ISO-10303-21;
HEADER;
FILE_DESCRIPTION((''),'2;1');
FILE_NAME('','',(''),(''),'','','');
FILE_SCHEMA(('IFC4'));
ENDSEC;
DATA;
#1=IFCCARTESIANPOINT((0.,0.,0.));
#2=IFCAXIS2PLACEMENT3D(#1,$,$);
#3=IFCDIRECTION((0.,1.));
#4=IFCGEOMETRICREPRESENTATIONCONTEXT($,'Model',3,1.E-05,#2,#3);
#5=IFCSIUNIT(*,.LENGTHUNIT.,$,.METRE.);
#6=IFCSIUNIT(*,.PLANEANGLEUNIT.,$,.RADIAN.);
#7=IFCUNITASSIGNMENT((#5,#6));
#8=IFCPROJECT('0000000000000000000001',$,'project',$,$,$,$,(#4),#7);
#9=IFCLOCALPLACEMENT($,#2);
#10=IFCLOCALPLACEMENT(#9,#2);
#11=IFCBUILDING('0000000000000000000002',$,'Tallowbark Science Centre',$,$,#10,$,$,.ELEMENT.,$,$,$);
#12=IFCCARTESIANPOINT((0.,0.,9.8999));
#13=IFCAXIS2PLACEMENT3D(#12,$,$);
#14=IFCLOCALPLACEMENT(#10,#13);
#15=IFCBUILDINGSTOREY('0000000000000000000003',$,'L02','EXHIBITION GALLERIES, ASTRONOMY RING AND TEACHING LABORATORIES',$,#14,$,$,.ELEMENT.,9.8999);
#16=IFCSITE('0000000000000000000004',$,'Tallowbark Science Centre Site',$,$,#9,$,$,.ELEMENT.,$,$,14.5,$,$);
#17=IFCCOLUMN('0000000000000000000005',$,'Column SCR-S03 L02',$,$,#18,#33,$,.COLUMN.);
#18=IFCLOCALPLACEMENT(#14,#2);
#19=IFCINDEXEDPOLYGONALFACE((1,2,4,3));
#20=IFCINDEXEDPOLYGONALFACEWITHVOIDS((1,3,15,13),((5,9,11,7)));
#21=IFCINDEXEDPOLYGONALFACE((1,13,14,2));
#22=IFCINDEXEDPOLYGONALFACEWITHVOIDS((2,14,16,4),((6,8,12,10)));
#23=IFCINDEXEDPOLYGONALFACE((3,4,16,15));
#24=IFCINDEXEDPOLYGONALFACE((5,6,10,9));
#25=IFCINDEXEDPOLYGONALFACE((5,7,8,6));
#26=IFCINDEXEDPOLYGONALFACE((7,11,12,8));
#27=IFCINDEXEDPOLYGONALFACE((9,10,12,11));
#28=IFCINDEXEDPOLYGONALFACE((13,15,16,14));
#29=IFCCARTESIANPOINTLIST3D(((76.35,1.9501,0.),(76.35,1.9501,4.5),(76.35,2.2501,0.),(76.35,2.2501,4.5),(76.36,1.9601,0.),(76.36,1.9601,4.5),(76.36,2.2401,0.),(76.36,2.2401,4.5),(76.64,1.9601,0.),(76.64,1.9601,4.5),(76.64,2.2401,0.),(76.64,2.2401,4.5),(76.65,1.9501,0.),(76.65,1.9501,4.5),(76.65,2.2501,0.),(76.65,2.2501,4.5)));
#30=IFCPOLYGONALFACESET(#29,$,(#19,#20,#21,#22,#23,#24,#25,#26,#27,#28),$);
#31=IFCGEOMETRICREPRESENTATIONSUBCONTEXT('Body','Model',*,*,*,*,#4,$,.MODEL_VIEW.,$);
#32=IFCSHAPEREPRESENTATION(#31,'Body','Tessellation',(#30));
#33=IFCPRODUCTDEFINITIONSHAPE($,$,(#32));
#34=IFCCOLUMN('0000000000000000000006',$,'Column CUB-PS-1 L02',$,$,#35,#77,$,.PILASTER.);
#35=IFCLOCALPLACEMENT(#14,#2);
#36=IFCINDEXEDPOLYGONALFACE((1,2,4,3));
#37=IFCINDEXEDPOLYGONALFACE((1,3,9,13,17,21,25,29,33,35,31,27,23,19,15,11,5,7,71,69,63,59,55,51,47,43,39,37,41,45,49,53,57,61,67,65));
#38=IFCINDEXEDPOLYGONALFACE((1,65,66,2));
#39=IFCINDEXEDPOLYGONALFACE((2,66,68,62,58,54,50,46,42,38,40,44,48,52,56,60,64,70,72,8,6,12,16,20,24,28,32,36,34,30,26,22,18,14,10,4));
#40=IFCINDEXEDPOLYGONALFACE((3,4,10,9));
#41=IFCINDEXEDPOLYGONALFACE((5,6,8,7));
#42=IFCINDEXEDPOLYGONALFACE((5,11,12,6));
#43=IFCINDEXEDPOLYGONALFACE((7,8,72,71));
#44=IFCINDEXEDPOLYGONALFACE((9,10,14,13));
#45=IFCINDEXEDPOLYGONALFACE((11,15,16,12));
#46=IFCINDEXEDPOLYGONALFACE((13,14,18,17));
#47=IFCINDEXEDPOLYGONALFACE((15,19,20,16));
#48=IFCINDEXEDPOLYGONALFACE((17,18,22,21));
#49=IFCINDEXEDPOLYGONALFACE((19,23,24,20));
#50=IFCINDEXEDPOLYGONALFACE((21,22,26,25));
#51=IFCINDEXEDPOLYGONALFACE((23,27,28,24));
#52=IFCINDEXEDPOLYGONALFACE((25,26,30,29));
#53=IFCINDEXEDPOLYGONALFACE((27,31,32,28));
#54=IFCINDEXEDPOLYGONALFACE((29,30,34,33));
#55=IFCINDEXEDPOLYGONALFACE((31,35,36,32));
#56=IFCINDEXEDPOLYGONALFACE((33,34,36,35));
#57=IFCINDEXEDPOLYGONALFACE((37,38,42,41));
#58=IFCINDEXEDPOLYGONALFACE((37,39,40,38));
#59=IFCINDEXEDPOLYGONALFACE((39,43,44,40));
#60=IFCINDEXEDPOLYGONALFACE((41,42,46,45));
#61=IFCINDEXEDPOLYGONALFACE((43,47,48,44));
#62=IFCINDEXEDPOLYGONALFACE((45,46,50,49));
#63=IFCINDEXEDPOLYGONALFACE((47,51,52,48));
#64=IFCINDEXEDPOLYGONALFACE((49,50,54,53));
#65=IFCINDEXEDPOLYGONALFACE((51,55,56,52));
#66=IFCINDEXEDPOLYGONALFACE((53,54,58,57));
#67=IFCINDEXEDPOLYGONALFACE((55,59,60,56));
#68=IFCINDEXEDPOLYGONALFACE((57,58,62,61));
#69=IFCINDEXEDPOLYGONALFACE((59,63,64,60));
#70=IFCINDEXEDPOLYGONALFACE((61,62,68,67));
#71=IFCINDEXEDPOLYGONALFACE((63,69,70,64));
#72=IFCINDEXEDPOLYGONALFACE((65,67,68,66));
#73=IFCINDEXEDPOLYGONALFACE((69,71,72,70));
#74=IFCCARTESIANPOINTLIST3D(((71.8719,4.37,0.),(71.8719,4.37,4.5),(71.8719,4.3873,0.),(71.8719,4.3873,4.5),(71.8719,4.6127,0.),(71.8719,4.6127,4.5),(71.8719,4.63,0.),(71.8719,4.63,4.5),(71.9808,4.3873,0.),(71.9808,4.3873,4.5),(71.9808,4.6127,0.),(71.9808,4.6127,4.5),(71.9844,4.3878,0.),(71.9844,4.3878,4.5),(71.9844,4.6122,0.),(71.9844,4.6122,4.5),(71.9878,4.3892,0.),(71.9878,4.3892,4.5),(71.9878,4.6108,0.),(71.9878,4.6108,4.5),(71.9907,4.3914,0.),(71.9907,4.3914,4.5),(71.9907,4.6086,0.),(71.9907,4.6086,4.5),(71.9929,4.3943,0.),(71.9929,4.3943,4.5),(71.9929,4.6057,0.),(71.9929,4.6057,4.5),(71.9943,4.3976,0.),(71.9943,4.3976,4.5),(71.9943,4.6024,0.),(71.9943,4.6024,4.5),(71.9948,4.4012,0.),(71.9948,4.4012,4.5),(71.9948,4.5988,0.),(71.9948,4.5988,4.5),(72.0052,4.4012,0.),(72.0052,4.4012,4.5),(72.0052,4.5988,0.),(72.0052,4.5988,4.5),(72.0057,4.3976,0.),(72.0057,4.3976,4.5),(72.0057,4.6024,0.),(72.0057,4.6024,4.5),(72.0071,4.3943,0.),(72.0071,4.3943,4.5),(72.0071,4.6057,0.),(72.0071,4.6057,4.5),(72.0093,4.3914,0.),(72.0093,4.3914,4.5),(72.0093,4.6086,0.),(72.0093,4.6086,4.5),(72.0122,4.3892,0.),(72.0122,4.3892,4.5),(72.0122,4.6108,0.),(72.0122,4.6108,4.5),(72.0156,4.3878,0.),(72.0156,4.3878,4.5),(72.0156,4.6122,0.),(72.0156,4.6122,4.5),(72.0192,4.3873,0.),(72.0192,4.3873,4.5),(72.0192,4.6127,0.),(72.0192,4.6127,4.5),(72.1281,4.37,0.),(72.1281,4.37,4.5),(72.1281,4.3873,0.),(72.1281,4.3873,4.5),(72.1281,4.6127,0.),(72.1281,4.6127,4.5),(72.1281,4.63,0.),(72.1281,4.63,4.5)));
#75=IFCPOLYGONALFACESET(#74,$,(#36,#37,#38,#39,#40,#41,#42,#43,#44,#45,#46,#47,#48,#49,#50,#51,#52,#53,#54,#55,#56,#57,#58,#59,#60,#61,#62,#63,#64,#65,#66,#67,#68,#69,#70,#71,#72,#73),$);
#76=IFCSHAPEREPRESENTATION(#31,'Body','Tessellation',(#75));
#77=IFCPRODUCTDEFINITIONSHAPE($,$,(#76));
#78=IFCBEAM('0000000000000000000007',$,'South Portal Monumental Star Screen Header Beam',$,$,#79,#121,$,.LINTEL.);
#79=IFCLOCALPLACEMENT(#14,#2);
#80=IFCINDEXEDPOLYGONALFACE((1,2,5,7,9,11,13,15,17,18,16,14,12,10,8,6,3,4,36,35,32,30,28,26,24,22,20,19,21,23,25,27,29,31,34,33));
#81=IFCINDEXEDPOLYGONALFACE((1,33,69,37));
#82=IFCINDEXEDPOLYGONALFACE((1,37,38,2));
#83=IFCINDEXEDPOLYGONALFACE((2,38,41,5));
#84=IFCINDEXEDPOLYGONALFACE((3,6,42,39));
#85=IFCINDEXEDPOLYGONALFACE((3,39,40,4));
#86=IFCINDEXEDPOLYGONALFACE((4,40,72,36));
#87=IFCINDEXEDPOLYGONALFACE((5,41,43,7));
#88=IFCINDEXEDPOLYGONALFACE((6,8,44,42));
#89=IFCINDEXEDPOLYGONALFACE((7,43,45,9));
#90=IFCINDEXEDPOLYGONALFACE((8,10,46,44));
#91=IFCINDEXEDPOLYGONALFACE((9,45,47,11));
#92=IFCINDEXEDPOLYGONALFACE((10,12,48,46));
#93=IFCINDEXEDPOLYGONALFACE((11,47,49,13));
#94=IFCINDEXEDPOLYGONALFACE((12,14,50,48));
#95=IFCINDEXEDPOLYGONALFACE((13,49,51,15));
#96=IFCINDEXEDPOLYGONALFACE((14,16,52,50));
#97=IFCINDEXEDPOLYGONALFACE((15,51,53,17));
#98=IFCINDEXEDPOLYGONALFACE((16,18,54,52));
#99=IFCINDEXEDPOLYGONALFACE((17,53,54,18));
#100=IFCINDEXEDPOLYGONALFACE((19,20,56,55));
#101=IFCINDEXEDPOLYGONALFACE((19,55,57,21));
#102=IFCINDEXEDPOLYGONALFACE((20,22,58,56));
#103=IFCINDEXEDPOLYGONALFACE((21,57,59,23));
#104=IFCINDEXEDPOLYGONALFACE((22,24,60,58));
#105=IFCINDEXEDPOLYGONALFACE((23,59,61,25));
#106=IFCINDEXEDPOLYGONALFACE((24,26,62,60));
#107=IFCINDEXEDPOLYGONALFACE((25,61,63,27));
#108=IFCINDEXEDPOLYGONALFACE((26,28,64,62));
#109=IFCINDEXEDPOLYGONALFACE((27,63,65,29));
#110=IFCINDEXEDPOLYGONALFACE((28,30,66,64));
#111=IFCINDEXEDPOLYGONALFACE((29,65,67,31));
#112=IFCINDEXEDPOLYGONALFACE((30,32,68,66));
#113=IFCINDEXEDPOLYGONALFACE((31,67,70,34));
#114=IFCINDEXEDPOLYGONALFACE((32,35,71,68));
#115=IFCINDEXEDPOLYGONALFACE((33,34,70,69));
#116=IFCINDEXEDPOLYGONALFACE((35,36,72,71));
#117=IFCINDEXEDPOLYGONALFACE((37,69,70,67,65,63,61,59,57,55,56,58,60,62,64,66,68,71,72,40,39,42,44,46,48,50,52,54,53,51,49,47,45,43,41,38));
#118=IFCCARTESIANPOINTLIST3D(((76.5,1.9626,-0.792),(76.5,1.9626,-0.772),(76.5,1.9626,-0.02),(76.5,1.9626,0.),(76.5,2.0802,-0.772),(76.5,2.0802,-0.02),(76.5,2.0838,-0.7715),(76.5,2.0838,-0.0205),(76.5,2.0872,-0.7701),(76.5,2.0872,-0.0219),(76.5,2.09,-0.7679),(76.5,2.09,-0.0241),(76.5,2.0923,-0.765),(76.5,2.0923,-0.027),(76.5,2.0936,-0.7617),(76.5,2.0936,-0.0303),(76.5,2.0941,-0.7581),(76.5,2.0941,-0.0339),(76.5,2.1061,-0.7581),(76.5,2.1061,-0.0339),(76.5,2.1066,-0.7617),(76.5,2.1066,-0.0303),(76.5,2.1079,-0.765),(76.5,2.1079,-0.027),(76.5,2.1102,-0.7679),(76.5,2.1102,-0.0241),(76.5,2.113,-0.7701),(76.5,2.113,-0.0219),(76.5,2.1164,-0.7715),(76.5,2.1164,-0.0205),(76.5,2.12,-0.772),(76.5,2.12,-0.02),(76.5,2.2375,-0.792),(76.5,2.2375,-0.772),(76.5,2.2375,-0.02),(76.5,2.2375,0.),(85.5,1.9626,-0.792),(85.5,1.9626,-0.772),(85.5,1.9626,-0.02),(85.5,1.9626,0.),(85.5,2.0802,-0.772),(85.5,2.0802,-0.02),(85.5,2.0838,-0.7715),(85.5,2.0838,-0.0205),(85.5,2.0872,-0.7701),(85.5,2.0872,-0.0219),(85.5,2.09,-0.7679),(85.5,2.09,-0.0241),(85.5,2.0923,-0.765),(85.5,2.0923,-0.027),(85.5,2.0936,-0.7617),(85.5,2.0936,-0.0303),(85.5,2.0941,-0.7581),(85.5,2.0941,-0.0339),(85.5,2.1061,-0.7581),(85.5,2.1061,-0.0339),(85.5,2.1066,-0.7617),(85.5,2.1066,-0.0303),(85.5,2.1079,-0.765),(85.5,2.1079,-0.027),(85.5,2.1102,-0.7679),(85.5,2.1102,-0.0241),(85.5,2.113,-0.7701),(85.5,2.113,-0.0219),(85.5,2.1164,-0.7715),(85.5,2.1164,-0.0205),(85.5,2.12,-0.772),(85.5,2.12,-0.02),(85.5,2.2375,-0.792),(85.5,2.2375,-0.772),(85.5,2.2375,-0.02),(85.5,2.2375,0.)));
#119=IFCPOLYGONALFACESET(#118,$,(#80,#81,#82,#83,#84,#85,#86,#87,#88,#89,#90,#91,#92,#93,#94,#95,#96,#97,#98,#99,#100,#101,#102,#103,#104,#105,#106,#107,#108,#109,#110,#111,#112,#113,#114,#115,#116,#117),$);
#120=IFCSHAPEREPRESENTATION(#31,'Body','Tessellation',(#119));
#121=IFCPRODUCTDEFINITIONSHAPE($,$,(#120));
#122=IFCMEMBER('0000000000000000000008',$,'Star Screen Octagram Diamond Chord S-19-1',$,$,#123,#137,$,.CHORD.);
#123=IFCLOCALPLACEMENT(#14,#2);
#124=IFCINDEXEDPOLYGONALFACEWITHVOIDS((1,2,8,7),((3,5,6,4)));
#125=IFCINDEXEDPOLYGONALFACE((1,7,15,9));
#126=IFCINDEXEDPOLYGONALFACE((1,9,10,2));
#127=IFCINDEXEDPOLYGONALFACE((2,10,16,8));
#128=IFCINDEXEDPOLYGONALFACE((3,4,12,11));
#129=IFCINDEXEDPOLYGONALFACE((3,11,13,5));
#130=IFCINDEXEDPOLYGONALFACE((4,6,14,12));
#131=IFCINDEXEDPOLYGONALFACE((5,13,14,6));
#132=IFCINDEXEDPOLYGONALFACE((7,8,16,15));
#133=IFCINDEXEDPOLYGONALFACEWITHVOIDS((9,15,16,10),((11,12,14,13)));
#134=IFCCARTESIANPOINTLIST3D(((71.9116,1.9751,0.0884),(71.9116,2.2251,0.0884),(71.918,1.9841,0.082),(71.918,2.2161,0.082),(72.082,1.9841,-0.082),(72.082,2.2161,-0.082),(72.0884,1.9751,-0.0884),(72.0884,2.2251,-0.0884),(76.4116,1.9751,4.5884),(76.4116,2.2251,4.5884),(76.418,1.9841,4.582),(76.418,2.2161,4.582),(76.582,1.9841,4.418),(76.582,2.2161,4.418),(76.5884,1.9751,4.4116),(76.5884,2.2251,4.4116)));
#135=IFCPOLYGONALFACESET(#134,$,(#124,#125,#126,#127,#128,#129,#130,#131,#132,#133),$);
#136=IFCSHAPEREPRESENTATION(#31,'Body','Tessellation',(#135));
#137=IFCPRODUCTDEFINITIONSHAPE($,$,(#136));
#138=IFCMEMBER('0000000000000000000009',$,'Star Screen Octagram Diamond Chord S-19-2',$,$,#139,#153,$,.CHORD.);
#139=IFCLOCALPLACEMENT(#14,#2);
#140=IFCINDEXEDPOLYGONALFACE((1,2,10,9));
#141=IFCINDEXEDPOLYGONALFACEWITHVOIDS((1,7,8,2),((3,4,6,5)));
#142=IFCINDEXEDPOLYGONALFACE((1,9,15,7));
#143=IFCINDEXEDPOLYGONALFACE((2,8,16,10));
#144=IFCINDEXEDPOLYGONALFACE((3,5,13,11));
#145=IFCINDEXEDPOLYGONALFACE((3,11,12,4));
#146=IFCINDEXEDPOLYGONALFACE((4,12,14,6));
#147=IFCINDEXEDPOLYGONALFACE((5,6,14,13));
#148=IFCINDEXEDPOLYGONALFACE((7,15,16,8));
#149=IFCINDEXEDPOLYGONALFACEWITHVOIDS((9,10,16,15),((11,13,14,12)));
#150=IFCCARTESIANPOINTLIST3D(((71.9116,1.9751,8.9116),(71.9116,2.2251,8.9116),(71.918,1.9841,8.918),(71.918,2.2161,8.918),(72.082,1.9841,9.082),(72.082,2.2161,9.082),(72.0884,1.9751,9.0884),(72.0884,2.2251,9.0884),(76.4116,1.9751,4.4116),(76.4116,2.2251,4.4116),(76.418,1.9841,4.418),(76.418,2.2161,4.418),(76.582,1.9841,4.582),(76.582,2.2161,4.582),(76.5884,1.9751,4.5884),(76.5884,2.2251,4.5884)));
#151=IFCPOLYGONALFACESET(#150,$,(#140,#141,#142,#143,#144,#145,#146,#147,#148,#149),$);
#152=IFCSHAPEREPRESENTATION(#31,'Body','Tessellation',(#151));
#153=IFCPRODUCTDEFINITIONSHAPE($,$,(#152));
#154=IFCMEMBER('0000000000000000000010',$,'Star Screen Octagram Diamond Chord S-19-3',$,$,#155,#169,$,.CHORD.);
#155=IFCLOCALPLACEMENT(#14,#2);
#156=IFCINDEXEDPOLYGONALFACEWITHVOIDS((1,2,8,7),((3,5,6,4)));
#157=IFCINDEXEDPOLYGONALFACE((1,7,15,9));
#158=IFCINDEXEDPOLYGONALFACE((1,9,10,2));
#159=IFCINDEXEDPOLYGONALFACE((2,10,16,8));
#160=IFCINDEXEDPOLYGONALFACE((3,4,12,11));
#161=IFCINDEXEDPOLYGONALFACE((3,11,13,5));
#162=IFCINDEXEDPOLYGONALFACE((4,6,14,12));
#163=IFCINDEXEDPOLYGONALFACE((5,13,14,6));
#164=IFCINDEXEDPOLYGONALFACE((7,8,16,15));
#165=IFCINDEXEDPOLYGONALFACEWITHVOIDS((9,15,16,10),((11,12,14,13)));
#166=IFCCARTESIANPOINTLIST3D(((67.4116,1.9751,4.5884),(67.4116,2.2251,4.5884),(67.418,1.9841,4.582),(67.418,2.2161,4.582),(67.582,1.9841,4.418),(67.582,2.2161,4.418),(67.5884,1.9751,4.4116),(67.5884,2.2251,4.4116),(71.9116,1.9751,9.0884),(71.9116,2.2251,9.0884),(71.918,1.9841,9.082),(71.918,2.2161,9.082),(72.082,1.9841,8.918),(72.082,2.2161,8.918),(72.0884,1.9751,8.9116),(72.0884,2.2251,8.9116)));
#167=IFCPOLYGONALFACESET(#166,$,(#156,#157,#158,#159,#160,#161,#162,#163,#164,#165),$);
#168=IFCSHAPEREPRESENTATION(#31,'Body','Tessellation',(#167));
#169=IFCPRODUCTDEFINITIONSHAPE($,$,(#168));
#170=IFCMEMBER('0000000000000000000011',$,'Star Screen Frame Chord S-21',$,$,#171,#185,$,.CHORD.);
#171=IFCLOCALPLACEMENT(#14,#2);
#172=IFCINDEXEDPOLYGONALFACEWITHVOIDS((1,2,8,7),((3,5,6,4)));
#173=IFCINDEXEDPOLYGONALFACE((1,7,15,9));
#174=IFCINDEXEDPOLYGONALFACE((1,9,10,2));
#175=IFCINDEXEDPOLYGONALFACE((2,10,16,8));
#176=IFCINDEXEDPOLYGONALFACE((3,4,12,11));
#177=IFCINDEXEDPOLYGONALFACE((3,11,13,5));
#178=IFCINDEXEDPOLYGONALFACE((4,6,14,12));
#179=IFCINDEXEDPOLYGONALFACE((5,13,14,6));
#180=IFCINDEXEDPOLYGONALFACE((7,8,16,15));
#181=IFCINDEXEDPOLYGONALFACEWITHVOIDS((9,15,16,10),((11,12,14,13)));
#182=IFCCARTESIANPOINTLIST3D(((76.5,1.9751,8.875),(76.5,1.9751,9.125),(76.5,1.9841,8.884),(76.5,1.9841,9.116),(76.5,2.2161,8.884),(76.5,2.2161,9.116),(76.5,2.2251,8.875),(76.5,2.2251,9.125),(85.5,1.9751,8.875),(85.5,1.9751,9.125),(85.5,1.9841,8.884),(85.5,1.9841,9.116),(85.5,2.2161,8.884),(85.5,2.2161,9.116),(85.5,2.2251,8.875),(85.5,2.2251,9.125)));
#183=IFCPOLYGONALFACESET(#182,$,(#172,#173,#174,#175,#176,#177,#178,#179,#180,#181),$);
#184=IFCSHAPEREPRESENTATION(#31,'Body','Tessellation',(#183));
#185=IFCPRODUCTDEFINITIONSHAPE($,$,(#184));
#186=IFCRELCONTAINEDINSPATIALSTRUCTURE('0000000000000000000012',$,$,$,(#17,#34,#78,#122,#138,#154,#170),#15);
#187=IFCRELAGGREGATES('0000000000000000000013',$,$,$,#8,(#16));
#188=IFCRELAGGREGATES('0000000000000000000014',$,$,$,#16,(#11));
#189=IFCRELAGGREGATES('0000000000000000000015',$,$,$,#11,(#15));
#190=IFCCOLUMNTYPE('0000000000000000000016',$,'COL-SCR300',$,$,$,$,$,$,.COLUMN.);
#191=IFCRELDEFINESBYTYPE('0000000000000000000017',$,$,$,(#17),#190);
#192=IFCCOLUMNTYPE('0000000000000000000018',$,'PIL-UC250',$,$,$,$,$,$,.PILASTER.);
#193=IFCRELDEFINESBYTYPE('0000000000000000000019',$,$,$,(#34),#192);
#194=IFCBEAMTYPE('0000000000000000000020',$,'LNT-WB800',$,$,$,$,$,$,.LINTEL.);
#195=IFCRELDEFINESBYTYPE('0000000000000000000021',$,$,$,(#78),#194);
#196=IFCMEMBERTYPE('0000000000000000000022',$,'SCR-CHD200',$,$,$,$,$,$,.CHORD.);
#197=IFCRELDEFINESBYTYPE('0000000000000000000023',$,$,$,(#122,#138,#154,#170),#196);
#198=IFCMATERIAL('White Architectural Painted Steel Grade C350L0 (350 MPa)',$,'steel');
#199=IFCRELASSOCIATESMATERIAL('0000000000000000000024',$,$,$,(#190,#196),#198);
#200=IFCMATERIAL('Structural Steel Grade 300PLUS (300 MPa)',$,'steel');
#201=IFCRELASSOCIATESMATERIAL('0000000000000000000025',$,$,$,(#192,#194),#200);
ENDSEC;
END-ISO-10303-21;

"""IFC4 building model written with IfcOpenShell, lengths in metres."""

from ifc_helpers import new_model, si_unit, direction, frame, origin, origin_2d, place, context, subcontext, project, spatial, hollow_rectangle, i_section, extrude, material, material_profile, profile_set, type_object, element, save


model = new_model("IFC4")

# Units and contexts
model_context = context("Model", 3, precision=1e-05, world=origin(), true_north=direction((0.0, 1.0)))
body_context = subcontext(model_context, "Body", "Model", "MODEL_VIEW")
ifc_project = project(units=[si_unit("LENGTHUNIT", "METRE"), si_unit("PLANEANGLEUNIT", "RADIAN")], contexts=[model_context])

# Site, building, storey
site_placement = place(None, origin())
site = spatial("IfcSite", under=ifc_project, at=site_placement, Name="Tallowbark Science Centre Site", CompositionType="ELEMENT", RefElevation=14.5)
building_placement = place(site_placement, origin())
building = spatial("IfcBuilding", under=site, at=building_placement, Name="Tallowbark Science Centre", CompositionType="ELEMENT")
storey_placement = place(building_placement, frame((0.0, 0.0, 9.8999)))
storey = spatial("IfcBuildingStorey", under=building, at=storey_placement, Name="L02", Description="EXHIBITION GALLERIES, ASTRONOMY RING AND TEACHING LABORATORIES", CompositionType="ELEMENT", Elevation=9.8999)

# Columns
ifc_material_1 = material(Name="White Architectural Painted Steel Grade C350L0 (350 MPa)", Category="steel")
ifc_material_profile_1 = material_profile(ifc_material_1, hollow_rectangle(XDim=0.3, YDim=0.3, WallThickness=0.01, at=origin_2d()), Name="300x300x10.0SHS")
ifc_profile_set_1 = profile_set([ifc_material_profile_1], Name="White Architectural Painted Steel Grade C350L0 (350 MPa)")
column_type_1 = type_object("IfcColumnType", Name="COL-SCR300", PredefinedType="COLUMN", material=ifc_profile_set_1)
column_1_placement = place(storey_placement, frame((76.5, 2.1001, 0.0), z_axis=(0.0, 0.0, 1.0), x_axis=(1.0, 0.0, 0.0)))
element("IfcColumn", 1, at=column_1_placement, inside=storey, type_object=column_type_1, Name="Column SCR-S03 L02", PredefinedType="COLUMN", context=body_context, shape_type="SweptSolid", body=[
    extrude(hollow_rectangle(XDim=0.3, YDim=0.3, WallThickness=0.01, at=origin_2d()), origin(), (0.0, 0.0, 1.0), 4.5),
])
ifc_material_2 = material(Name="Structural Steel Grade 300PLUS (300 MPa)", Category="steel")
ifc_material_profile_2 = material_profile(ifc_material_2, i_section(OverallWidth=0.2561, OverallDepth=0.26, WebThickness=0.0105, FlangeThickness=0.0173, FilletRadius=0.0139, at=origin_2d()), Name="250UC89.5")
ifc_profile_set_2 = profile_set([ifc_material_profile_2], Name="Structural Steel Grade 300PLUS (300 MPa)")
column_type_2 = type_object("IfcColumnType", Name="PIL-UC250", PredefinedType="PILASTER", material=ifc_profile_set_2)
column_2_placement = place(storey_placement, frame((72.0, 4.5, 0.0), z_axis=(0.0, 0.0, 1.0), x_axis=(1.0, 0.0, 0.0)))
element("IfcColumn", 2, at=column_2_placement, inside=storey, type_object=column_type_2, Name="Column CUB-PS-1 L02", PredefinedType="PILASTER", context=body_context, shape_type="SweptSolid", body=[
    extrude(i_section(OverallWidth=0.2561, OverallDepth=0.26, WebThickness=0.0105, FlangeThickness=0.0173, FilletRadius=0.0139, at=origin_2d()), origin(), (0.0, 0.0, 1.0), 4.5),
])

# Beam
ifc_material_profile_3 = material_profile(ifc_material_2, i_section(OverallWidth=0.2749, OverallDepth=0.792, WebThickness=0.012, FlangeThickness=0.02, FilletRadius=0.0139, at=origin_2d()), Name="800WB146")
ifc_profile_set_3 = profile_set([ifc_material_profile_3], Name="Structural Steel Grade 300PLUS (300 MPa)")
beam_type_1 = type_object("IfcBeamType", Name="LNT-WB800", PredefinedType="LINTEL", material=ifc_profile_set_3)
beam_1_placement = place(storey_placement, frame((76.5, 2.1001, -0.396), z_axis=(1.0, 0.0, 0.0), x_axis=(0.0, 1.0, 0.0)))
element("IfcBeam", 3, at=beam_1_placement, inside=storey, type_object=beam_type_1, Name="South Portal Monumental Star Screen Header Beam", PredefinedType="LINTEL", context=body_context, shape_type="SweptSolid", body=[
    extrude(i_section(OverallWidth=0.2749, OverallDepth=0.792, WebThickness=0.012, FlangeThickness=0.02, FilletRadius=0.0139, at=origin_2d()), origin(), (0.0, 0.0, 1.0), 9.0),
])

# Members
ifc_material_profile_4 = material_profile(ifc_material_1, hollow_rectangle(XDim=0.25, YDim=0.25, WallThickness=0.009, at=origin_2d()), Name="250x250x9.0SHS")
ifc_profile_set_4 = profile_set([ifc_material_profile_4], Name="White Architectural Painted Steel Grade C350L0 (350 MPa)")
member_type_1 = type_object("IfcMemberType", Name="SCR-CHD200", PredefinedType="CHORD", material=ifc_profile_set_4)
for number, where, z_axis, x_axis, name in (
    (4, (72.0, 2.1001, 0.0), (0.707107, 0.0, 0.707107), (0.0, 1.0, 0.0), "Star Screen Octagram Diamond Chord S-19-1"),
    (5, (76.5, 2.1001, 4.5), (-0.707107, 0.0, 0.707107), (0.0, -1.0, 0.0), "Star Screen Octagram Diamond Chord S-19-2"),
    (6, (72.0, 2.1001, 9.0), (-0.707107, 0.0, -0.707107), (0.0, -1.0, 0.0), "Star Screen Octagram Diamond Chord S-19-3"),
):
    element("IfcMember", number, at=place(storey_placement, frame(where, z_axis=z_axis, x_axis=x_axis)), inside=storey, type_object=member_type_1, Name=name, PredefinedType="CHORD", context=body_context, shape_type="SweptSolid", body=[
        extrude(hollow_rectangle(XDim=0.25, YDim=0.25, WallThickness=0.009, at=origin_2d()), origin(), (0.0, 0.0, 1.0), 6.364),
    ])
member_1_placement = place(storey_placement, frame((76.5, 2.1001, 9.0), z_axis=(1.0, 0.0, 0.0), x_axis=(0.0, 1.0, 0.0)))
element("IfcMember", 7, at=member_1_placement, inside=storey, type_object=member_type_1, Name="Star Screen Frame Chord S-21", PredefinedType="CHORD", context=body_context, shape_type="SweptSolid", body=[
    extrude(hollow_rectangle(XDim=0.25, YDim=0.25, WallThickness=0.009, at=origin_2d()), origin(), (0.0, 0.0, 1.0), 9.0),
])

save(model, "model.ifc")
